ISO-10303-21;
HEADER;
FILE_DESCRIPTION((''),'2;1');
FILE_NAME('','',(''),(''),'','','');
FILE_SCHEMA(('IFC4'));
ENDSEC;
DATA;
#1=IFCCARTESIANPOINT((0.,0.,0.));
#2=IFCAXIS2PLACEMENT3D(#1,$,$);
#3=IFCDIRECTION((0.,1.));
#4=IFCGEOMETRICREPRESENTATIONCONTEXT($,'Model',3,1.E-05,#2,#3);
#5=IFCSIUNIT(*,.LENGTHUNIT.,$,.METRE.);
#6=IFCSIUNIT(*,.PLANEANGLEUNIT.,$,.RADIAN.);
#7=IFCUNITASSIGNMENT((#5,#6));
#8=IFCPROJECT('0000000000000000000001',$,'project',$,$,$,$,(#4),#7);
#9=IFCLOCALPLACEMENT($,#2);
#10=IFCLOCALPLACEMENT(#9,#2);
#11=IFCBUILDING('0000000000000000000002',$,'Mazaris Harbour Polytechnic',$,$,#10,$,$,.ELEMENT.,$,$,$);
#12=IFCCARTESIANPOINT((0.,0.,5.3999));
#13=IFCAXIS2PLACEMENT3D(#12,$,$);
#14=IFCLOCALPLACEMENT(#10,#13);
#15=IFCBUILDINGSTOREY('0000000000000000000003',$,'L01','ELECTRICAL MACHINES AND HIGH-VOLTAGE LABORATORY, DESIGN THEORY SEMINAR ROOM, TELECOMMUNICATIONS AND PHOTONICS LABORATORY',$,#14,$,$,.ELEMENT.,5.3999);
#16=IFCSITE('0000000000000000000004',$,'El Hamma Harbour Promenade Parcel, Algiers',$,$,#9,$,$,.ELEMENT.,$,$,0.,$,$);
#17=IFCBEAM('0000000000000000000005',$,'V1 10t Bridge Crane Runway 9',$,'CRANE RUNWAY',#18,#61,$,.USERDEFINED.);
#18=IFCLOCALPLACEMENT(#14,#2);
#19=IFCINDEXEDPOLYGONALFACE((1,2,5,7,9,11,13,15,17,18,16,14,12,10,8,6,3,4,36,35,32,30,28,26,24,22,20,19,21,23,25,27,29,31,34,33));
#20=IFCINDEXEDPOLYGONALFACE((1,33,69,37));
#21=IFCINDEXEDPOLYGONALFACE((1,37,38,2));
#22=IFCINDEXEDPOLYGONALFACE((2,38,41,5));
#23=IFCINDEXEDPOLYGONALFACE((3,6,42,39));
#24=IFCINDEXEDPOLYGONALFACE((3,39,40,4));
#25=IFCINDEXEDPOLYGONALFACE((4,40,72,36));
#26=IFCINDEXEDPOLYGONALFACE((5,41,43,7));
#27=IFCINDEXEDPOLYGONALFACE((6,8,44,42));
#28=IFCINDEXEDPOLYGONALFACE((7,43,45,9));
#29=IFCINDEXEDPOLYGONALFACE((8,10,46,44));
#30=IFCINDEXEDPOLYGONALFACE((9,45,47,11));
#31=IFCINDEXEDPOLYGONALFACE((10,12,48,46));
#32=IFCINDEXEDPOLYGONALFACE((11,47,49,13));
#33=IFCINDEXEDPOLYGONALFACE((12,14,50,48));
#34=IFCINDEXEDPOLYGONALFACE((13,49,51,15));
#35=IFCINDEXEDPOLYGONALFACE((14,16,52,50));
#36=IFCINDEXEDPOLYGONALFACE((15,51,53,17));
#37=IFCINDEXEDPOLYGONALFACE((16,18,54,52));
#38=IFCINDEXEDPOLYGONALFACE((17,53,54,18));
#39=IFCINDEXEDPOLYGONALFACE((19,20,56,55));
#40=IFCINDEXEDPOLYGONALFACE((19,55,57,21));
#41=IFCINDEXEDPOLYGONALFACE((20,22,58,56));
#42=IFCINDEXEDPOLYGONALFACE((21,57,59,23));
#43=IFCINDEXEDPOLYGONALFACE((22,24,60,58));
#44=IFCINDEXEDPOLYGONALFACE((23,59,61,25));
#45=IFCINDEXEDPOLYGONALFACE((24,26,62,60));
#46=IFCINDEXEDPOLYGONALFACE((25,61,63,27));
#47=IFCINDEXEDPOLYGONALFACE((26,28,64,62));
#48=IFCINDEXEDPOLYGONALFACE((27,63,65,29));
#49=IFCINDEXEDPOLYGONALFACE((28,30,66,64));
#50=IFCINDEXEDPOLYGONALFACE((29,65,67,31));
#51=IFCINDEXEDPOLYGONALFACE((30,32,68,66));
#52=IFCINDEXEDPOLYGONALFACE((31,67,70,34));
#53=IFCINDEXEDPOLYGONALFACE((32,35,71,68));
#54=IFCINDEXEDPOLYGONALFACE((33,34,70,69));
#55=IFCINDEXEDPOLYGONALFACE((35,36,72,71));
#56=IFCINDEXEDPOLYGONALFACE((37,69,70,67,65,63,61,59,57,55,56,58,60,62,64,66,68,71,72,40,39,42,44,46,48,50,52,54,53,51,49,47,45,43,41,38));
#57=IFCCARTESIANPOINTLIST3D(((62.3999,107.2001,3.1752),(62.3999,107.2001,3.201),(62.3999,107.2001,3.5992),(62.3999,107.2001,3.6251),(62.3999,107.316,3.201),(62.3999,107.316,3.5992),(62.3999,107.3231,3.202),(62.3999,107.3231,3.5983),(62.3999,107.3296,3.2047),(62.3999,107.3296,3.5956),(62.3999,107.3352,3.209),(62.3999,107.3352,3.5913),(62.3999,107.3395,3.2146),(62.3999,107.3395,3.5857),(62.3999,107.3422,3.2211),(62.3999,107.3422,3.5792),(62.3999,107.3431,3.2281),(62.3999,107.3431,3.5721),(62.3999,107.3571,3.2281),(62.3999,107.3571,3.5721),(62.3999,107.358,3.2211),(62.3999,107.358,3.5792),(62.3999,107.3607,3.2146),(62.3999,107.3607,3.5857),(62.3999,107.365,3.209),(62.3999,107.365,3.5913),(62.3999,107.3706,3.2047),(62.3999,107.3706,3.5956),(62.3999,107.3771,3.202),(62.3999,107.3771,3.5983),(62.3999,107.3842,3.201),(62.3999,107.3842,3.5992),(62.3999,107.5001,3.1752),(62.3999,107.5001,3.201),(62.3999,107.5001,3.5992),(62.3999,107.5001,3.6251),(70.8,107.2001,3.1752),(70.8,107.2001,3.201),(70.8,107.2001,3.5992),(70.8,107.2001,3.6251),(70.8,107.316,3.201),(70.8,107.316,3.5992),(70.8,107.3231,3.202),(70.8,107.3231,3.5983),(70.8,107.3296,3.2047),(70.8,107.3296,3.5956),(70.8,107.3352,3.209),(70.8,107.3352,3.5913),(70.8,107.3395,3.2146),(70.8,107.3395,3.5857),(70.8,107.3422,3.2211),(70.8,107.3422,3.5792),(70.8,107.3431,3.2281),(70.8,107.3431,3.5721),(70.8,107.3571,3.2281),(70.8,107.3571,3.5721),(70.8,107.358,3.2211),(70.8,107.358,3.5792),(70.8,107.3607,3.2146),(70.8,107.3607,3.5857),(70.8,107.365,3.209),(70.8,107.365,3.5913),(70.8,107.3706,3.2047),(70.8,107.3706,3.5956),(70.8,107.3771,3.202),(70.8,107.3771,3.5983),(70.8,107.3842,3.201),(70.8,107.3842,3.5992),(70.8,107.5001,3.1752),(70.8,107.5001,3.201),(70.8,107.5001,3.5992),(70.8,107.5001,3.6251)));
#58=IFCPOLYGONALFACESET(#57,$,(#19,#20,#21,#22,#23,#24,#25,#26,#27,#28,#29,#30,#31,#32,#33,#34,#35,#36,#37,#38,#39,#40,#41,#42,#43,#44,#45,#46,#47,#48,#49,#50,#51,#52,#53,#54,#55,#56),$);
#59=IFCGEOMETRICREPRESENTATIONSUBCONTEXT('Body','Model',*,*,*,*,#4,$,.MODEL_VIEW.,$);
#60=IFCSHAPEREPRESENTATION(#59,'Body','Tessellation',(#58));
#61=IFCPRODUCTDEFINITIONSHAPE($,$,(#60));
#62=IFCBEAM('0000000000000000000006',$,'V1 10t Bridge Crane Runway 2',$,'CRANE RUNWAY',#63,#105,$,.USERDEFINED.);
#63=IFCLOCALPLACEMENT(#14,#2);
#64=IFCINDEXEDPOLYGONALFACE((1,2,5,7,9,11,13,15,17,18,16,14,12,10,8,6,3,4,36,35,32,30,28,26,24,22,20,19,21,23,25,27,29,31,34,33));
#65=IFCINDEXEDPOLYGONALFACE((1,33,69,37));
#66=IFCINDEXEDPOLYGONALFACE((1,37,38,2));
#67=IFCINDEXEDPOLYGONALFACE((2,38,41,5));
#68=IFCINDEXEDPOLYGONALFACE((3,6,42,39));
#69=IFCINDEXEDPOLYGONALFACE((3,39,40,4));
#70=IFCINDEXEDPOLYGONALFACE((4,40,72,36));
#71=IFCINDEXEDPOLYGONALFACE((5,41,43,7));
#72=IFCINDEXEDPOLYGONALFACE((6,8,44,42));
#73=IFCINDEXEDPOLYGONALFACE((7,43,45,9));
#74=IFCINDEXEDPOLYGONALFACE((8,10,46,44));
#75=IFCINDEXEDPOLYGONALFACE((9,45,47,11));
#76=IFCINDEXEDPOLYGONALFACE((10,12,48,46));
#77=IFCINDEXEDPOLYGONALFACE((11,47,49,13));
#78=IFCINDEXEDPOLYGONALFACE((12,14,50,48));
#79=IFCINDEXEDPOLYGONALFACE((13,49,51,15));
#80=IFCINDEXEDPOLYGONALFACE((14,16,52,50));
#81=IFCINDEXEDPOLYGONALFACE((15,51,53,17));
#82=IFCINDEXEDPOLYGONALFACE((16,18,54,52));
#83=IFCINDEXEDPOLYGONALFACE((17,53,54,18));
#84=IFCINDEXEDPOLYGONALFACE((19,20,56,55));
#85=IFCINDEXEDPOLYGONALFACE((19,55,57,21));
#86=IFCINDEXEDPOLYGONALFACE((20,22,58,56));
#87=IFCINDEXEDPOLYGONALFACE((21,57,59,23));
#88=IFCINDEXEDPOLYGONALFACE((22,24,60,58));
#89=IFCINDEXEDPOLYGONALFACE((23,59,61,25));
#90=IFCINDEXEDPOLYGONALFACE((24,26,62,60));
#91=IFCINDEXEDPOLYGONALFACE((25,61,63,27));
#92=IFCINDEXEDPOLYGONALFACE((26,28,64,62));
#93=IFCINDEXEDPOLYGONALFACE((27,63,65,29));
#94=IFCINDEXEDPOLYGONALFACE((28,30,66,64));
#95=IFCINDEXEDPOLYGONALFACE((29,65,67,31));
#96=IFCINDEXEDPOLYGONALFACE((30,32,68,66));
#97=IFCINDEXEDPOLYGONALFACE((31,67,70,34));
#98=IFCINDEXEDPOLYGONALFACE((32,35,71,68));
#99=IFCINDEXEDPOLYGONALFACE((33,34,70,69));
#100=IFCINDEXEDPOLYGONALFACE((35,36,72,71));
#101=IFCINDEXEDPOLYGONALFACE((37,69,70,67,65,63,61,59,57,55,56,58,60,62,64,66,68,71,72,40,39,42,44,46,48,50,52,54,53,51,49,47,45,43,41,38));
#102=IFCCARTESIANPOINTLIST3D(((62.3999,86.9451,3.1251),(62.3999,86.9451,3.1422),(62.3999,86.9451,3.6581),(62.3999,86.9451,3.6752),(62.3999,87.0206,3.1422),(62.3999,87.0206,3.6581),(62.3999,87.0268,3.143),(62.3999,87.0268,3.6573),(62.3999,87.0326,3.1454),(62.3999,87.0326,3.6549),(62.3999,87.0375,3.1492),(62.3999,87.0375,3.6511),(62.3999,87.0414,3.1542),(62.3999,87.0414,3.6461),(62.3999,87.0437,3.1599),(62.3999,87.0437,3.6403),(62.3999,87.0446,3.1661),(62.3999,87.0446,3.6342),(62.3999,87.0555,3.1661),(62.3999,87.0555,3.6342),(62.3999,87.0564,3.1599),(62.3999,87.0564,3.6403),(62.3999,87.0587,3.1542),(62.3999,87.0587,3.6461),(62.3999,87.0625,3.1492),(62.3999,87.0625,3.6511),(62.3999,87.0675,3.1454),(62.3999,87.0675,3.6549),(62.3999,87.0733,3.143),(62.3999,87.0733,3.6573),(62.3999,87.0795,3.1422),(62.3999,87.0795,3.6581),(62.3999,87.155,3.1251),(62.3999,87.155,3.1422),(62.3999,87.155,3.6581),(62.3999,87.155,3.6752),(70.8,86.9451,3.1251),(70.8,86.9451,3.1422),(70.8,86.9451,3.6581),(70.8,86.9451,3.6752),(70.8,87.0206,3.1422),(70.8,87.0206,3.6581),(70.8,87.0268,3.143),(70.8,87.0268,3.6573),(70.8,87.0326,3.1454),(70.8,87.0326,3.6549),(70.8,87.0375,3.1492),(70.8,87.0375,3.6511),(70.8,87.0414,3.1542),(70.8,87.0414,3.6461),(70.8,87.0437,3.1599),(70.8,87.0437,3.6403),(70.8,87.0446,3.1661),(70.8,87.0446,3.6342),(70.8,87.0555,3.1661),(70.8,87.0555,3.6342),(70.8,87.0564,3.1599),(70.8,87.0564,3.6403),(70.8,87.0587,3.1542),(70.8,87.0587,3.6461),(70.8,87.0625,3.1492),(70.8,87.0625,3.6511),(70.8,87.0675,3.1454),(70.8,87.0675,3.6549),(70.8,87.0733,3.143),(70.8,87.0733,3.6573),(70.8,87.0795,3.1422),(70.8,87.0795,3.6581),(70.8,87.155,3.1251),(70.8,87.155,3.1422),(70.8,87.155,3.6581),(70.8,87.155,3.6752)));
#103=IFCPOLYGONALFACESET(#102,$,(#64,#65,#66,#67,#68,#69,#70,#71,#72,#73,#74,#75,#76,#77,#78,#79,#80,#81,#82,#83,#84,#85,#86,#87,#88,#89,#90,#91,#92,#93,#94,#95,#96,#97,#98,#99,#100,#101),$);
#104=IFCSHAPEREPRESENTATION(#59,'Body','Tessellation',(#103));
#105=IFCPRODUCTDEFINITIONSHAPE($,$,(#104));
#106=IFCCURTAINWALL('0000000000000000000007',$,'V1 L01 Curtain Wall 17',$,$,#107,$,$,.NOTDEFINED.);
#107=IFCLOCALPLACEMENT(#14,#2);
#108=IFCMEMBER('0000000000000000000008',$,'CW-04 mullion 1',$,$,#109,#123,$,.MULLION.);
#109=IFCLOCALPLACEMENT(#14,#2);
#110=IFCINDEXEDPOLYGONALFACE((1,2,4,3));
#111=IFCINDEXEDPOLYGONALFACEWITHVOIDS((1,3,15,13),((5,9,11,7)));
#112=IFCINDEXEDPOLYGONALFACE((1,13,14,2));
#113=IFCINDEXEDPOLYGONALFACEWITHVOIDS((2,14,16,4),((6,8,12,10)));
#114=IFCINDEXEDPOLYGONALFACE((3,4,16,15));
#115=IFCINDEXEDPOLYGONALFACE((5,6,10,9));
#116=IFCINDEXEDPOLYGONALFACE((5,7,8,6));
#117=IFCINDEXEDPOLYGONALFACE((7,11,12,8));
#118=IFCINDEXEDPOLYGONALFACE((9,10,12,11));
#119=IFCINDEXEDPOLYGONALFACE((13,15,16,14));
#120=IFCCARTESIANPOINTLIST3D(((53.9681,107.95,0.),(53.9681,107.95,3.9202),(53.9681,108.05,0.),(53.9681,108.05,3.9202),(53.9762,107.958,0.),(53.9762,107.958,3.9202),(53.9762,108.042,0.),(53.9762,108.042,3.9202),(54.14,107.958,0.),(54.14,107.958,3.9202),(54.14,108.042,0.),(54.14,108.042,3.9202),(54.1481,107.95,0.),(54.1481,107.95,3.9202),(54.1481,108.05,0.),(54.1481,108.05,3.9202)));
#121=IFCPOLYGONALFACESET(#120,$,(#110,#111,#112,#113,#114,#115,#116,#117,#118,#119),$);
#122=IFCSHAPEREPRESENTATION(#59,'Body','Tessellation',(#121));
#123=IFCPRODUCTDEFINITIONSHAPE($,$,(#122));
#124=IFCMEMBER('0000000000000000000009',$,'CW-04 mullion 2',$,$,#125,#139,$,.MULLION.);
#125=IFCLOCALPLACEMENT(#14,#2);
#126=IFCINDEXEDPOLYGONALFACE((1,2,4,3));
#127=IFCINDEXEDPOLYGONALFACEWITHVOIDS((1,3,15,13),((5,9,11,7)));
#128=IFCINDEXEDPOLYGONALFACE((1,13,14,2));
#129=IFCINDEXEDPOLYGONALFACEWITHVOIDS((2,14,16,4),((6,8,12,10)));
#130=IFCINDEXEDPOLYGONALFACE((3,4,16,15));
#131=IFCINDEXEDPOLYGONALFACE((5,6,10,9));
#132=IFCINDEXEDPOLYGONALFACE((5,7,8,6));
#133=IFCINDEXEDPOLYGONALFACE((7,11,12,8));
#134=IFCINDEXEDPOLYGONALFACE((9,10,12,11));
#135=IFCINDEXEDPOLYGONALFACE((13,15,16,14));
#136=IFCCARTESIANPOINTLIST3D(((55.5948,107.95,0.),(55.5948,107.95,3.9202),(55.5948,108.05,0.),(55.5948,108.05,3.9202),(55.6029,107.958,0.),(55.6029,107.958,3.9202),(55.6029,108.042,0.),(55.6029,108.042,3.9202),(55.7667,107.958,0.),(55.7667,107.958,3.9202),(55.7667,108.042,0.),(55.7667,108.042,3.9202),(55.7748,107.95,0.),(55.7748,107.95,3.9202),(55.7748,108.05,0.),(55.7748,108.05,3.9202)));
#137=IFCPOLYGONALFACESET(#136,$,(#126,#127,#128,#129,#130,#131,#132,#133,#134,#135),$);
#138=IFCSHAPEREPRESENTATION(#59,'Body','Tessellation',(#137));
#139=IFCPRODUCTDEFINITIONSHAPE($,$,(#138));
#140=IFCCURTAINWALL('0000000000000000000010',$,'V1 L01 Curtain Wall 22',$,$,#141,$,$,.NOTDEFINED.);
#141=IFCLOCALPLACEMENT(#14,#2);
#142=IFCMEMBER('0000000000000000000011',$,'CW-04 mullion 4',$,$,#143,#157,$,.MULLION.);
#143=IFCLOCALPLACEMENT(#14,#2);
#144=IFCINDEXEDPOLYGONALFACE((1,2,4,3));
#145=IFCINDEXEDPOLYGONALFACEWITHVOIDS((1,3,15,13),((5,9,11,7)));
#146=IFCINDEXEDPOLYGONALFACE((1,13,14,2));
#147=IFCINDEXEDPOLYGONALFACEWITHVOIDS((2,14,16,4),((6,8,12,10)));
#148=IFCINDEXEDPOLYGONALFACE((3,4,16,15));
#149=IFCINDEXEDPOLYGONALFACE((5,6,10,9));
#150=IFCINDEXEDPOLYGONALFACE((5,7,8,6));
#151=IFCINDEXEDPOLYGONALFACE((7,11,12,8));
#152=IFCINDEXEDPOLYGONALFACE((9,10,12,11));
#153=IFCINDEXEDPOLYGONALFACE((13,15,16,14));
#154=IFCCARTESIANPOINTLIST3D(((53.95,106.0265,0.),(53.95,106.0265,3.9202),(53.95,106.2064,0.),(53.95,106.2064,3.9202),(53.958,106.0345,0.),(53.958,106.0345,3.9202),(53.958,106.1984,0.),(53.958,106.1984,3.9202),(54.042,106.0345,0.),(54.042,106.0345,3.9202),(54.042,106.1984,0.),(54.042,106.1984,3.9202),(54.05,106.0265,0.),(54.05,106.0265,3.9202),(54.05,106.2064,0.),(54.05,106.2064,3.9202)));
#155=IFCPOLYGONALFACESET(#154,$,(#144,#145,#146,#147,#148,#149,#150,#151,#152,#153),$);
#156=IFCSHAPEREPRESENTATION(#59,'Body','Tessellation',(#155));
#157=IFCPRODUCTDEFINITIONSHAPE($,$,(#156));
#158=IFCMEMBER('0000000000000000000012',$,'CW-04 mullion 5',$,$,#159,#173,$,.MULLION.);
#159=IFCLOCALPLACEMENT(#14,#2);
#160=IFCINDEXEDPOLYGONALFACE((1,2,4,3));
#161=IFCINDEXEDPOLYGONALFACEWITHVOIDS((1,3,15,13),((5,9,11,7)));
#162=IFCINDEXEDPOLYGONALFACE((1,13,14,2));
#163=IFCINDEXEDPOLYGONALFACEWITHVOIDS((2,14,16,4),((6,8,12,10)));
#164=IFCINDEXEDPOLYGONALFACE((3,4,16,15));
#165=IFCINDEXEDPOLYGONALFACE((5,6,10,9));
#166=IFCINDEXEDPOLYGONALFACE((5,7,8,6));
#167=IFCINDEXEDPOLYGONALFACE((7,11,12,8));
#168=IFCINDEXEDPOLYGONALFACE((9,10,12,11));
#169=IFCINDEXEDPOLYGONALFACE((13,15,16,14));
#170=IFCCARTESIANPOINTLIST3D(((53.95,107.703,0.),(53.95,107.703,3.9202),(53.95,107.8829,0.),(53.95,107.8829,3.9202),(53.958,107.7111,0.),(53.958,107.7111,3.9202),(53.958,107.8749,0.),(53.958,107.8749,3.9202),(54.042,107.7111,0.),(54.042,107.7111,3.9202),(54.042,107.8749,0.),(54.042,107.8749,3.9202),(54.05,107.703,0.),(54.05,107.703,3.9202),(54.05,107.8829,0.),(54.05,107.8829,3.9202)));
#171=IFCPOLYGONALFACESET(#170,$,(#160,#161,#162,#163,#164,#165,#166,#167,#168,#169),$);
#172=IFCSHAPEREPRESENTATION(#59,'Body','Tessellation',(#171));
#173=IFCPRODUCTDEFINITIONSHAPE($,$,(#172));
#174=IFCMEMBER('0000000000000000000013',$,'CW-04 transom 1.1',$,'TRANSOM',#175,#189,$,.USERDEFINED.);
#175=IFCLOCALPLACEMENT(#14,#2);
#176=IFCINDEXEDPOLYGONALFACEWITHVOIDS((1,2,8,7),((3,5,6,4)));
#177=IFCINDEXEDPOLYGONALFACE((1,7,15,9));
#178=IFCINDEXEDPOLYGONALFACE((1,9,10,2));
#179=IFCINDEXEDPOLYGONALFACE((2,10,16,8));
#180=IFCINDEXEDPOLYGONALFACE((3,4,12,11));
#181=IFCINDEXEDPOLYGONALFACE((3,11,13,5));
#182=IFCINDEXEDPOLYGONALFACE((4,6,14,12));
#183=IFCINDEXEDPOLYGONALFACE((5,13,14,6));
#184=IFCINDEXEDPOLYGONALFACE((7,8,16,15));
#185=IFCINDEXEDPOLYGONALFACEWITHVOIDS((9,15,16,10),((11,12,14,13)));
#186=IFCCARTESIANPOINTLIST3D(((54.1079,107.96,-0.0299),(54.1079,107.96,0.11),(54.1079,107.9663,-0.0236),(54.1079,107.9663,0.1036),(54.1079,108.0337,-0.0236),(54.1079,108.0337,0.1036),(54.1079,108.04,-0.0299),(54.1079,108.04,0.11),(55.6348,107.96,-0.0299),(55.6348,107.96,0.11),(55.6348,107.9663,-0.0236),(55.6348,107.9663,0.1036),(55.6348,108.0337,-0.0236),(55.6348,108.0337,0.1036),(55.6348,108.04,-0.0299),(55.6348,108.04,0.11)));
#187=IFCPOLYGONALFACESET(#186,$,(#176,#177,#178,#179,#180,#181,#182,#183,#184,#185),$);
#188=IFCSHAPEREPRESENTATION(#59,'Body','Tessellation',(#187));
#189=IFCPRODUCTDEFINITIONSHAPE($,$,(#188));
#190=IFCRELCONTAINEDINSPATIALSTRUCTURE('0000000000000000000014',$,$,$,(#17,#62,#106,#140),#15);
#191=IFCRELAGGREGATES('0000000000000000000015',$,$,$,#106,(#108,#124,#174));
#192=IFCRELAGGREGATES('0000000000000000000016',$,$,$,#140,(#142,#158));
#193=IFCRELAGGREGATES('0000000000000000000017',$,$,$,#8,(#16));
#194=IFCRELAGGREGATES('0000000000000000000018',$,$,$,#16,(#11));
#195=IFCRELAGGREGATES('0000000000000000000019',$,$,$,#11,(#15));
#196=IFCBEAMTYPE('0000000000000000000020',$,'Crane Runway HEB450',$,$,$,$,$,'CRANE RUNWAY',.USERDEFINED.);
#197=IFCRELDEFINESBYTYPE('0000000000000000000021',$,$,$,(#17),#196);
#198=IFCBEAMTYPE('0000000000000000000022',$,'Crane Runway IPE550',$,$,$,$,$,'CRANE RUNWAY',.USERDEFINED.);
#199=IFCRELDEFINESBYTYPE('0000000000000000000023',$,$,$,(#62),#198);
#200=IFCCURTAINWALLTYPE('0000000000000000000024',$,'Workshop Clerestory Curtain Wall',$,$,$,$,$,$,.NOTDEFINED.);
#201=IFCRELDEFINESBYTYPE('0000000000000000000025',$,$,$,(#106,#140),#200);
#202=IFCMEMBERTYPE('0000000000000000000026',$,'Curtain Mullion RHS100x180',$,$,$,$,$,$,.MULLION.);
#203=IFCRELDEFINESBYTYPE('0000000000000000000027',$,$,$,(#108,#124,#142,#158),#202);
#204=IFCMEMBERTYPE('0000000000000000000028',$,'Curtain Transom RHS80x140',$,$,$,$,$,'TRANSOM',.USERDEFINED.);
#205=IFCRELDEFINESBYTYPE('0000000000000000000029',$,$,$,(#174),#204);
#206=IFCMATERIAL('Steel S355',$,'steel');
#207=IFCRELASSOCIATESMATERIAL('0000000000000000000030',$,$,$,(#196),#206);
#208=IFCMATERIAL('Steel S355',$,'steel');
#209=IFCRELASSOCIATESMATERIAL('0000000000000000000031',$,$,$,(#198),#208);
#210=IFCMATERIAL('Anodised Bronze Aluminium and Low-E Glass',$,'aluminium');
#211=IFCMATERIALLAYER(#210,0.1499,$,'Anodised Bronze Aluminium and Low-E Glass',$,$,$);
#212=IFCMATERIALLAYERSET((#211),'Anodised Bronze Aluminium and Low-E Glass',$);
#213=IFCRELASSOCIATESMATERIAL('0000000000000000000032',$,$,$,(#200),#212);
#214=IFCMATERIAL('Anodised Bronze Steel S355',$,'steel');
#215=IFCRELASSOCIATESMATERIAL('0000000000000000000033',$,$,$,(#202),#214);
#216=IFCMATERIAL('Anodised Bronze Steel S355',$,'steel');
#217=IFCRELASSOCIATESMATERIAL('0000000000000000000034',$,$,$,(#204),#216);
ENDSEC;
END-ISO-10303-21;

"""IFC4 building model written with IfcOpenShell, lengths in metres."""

from ifc_helpers import new_model, si_unit, direction, frame, origin, origin_2d, place, context, subcontext, project, spatial, hollow_rectangle, i_section, extrude, material, layer, layer_set, material_profile, profile_set, type_object, element, aggregate, save


model = new_model("IFC4")

# Units and contexts
model_context = context("Model", 3, precision=1e-05, world=origin(), true_north=direction((0.0, 1.0)))
body_context = subcontext(model_context, "Body", "Model", "MODEL_VIEW")
ifc_project = project(units=[si_unit("LENGTHUNIT", "METRE"), si_unit("PLANEANGLEUNIT", "RADIAN")], contexts=[model_context])

# Site, building, storey
site_placement = place(None, origin())
site = spatial("IfcSite", under=ifc_project, at=site_placement, Name="El Hamma Harbour Promenade Parcel, Algiers", CompositionType="ELEMENT", RefElevation=0.0)
building_placement = place(site_placement, origin())
building = spatial("IfcBuilding", under=site, at=building_placement, Name="Mazaris Harbour Polytechnic", CompositionType="ELEMENT")
storey_placement = place(building_placement, frame((0.0, 0.0, 5.3999)))
storey = spatial("IfcBuildingStorey", under=building, at=storey_placement, Name="L01", Description="ELECTRICAL MACHINES AND HIGH-VOLTAGE LABORATORY, DESIGN THEORY SEMINAR ROOM, TELECOMMUNICATIONS AND PHOTONICS LABORATORY", CompositionType="ELEMENT", Elevation=5.3999)

# Beams
ifc_material_1 = material(Name="Steel S355", Category="steel")
ifc_material_profile_1 = material_profile(ifc_material_1, i_section(OverallWidth=0.3, OverallDepth=0.45, WebThickness=0.0139, FlangeThickness=0.0259, FilletRadius=0.0271, at=origin_2d()), Name="HEB 450")
ifc_profile_set_1 = profile_set([ifc_material_profile_1], Name="Steel S355")
beam_type_1 = type_object("IfcBeamType", Name="Crane Runway HEB450", ElementType="CRANE RUNWAY", PredefinedType="USERDEFINED", material=ifc_profile_set_1)
beam_1_placement = place(storey_placement, frame((62.3999, 107.3501, 3.4001), z_axis=(1.0, 0.0, 0.0), x_axis=(0.0, 1.0, 0.0)))
element("IfcBeam", 1, at=beam_1_placement, inside=storey, type_object=beam_type_1, Name="V1 10t Bridge Crane Runway 9", ObjectType="CRANE RUNWAY", PredefinedType="USERDEFINED", context=body_context, shape_type="SweptSolid", body=[
    extrude(i_section(OverallWidth=0.3, OverallDepth=0.45, WebThickness=0.0139, FlangeThickness=0.0259, FilletRadius=0.0271, at=origin_2d()), origin(), (0.0, 0.0, 1.0), 8.4001),
])
ifc_material_2 = material(Name="Steel S355", Category="steel")
ifc_material_profile_2 = material_profile(ifc_material_2, i_section(OverallWidth=0.21, OverallDepth=0.55, WebThickness=0.011, FlangeThickness=0.0171, FilletRadius=0.0239, at=origin_2d()), Name="IPE 550")
ifc_profile_set_2 = profile_set([ifc_material_profile_2], Name="Steel S355")
beam_type_2 = type_object("IfcBeamType", Name="Crane Runway IPE550", ElementType="CRANE RUNWAY", PredefinedType="USERDEFINED", material=ifc_profile_set_2)
beam_2_placement = place(storey_placement, frame((62.3999, 87.05, 3.4001), z_axis=(1.0, 0.0, 0.0), x_axis=(0.0, 1.0, 0.0)))
element("IfcBeam", 2, at=beam_2_placement, inside=storey, type_object=beam_type_2, Name="V1 10t Bridge Crane Runway 2", ObjectType="CRANE RUNWAY", PredefinedType="USERDEFINED", context=body_context, shape_type="SweptSolid", body=[
    extrude(i_section(OverallWidth=0.21, OverallDepth=0.55, WebThickness=0.011, FlangeThickness=0.0171, FilletRadius=0.0239, at=origin_2d()), origin(), (0.0, 0.0, 1.0), 8.4001),
])

# Curtain walls, members
ifc_material_3 = material(Name="Anodised Bronze Aluminium and Low-E Glass", Category="aluminium")
ifc_layer_1 = layer(ifc_material_3, 0.1499, Name="Anodised Bronze Aluminium and Low-E Glass")
ifc_layer_set_1 = layer_set([ifc_layer_1], Name="Anodised Bronze Aluminium and Low-E Glass")
curtain_wall_type = type_object("IfcCurtainWallType", Name="Workshop Clerestory Curtain Wall", PredefinedType="NOTDEFINED", material=ifc_layer_set_1)
curtain_wall_1_placement = place(storey_placement, origin())
curtain_wall_1 = element("IfcCurtainWall", 3, at=curtain_wall_1_placement, inside=storey, type_object=curtain_wall_type, Name="V1 L01 Curtain Wall 17", PredefinedType="NOTDEFINED")
ifc_material_4 = material(Name="Anodised Bronze Steel S355", Category="steel")
ifc_material_profile_3 = material_profile(ifc_material_4, hollow_rectangle(XDim=0.1001, YDim=0.1799, WallThickness=0.0081, at=origin_2d()), Name="RHS 100x180x8.0")
ifc_profile_set_3 = profile_set([ifc_material_profile_3], Name="Anodised Bronze Steel S355")
member_type_1 = type_object("IfcMemberType", Name="Curtain Mullion RHS100x180", PredefinedType="MULLION", material=ifc_profile_set_3)
member_1_placement = place(storey_placement, frame((54.0581, 108.0, 0.0), z_axis=(0.0, 0.0, 1.0), x_axis=(0.0, 1.0, 0.0)))
member_1 = element("IfcMember", 4, at=member_1_placement, type_object=member_type_1, Name="CW-04 mullion 1", PredefinedType="MULLION", context=body_context, shape_type="SweptSolid", body=[
    extrude(hollow_rectangle(XDim=0.1001, YDim=0.1799, WallThickness=0.0081, at=origin_2d()), origin(), (0.0, 0.0, 1.0), 3.9202),
])
member_2_placement = place(storey_placement, frame((55.6848, 108.0, 0.0), z_axis=(0.0, 0.0, 1.0), x_axis=(0.0, 1.0, 0.0)))
member_2 = element("IfcMember", 5, at=member_2_placement, type_object=member_type_1, Name="CW-04 mullion 2", PredefinedType="MULLION", context=body_context, shape_type="SweptSolid", body=[
    extrude(hollow_rectangle(XDim=0.1001, YDim=0.1799, WallThickness=0.0081, at=origin_2d()), origin(), (0.0, 0.0, 1.0), 3.9202),
])
curtain_wall_2_placement = place(storey_placement, origin())
curtain_wall_2 = element("IfcCurtainWall", 6, at=curtain_wall_2_placement, inside=storey, type_object=curtain_wall_type, Name="V1 L01 Curtain Wall 22", PredefinedType="NOTDEFINED")
member_3_placement = place(storey_placement, frame((54.0, 106.1165, 0.0), z_axis=(0.0, 0.0, 1.0), x_axis=(-1.0, 0.0, 0.0)))
member_3 = element("IfcMember", 7, at=member_3_placement, type_object=member_type_1, Name="CW-04 mullion 4", PredefinedType="MULLION", context=body_context, shape_type="SweptSolid", body=[
    extrude(hollow_rectangle(XDim=0.1001, YDim=0.1799, WallThickness=0.0081, at=origin_2d()), origin(), (0.0, 0.0, 1.0), 3.9202),
])
member_4_placement = place(storey_placement, frame((54.0, 107.793, 0.0), z_axis=(0.0, 0.0, 1.0), x_axis=(-1.0, 0.0, 0.0)))
member_4 = element("IfcMember", 8, at=member_4_placement, type_object=member_type_1, Name="CW-04 mullion 5", PredefinedType="MULLION", context=body_context, shape_type="SweptSolid", body=[
    extrude(hollow_rectangle(XDim=0.1001, YDim=0.1799, WallThickness=0.0081, at=origin_2d()), origin(), (0.0, 0.0, 1.0), 3.9202),
])

# Member
ifc_material_5 = material(Name="Anodised Bronze Steel S355", Category="steel")
ifc_material_profile_4 = material_profile(ifc_material_5, hollow_rectangle(XDim=0.0801, YDim=0.1399, WallThickness=0.0063, at=origin_2d()), Name="RHS 80x140x6.3")
ifc_profile_set_4 = profile_set([ifc_material_profile_4], Name="Anodised Bronze Steel S355")
member_type_2 = type_object("IfcMemberType", Name="Curtain Transom RHS80x140", ElementType="TRANSOM", PredefinedType="USERDEFINED", material=ifc_profile_set_4)
member_5_placement = place(storey_placement, frame((54.1079, 108.0, 0.04), z_axis=(1.0, 0.0, 0.0), x_axis=(0.0, 1.0, 0.0)))
member_5 = element("IfcMember", 9, at=member_5_placement, type_object=member_type_2, Name="CW-04 transom 1.1", ObjectType="TRANSOM", PredefinedType="USERDEFINED", context=body_context, shape_type="SweptSolid", body=[
    extrude(hollow_rectangle(XDim=0.0801, YDim=0.1399, WallThickness=0.0063, at=origin_2d()), origin(), (0.0, 0.0, 1.0), 1.5269),
])

aggregate(curtain_wall_1, [member_1, member_2, member_5])
aggregate(curtain_wall_2, [member_3, member_4])

save(model, "model.ifc")
